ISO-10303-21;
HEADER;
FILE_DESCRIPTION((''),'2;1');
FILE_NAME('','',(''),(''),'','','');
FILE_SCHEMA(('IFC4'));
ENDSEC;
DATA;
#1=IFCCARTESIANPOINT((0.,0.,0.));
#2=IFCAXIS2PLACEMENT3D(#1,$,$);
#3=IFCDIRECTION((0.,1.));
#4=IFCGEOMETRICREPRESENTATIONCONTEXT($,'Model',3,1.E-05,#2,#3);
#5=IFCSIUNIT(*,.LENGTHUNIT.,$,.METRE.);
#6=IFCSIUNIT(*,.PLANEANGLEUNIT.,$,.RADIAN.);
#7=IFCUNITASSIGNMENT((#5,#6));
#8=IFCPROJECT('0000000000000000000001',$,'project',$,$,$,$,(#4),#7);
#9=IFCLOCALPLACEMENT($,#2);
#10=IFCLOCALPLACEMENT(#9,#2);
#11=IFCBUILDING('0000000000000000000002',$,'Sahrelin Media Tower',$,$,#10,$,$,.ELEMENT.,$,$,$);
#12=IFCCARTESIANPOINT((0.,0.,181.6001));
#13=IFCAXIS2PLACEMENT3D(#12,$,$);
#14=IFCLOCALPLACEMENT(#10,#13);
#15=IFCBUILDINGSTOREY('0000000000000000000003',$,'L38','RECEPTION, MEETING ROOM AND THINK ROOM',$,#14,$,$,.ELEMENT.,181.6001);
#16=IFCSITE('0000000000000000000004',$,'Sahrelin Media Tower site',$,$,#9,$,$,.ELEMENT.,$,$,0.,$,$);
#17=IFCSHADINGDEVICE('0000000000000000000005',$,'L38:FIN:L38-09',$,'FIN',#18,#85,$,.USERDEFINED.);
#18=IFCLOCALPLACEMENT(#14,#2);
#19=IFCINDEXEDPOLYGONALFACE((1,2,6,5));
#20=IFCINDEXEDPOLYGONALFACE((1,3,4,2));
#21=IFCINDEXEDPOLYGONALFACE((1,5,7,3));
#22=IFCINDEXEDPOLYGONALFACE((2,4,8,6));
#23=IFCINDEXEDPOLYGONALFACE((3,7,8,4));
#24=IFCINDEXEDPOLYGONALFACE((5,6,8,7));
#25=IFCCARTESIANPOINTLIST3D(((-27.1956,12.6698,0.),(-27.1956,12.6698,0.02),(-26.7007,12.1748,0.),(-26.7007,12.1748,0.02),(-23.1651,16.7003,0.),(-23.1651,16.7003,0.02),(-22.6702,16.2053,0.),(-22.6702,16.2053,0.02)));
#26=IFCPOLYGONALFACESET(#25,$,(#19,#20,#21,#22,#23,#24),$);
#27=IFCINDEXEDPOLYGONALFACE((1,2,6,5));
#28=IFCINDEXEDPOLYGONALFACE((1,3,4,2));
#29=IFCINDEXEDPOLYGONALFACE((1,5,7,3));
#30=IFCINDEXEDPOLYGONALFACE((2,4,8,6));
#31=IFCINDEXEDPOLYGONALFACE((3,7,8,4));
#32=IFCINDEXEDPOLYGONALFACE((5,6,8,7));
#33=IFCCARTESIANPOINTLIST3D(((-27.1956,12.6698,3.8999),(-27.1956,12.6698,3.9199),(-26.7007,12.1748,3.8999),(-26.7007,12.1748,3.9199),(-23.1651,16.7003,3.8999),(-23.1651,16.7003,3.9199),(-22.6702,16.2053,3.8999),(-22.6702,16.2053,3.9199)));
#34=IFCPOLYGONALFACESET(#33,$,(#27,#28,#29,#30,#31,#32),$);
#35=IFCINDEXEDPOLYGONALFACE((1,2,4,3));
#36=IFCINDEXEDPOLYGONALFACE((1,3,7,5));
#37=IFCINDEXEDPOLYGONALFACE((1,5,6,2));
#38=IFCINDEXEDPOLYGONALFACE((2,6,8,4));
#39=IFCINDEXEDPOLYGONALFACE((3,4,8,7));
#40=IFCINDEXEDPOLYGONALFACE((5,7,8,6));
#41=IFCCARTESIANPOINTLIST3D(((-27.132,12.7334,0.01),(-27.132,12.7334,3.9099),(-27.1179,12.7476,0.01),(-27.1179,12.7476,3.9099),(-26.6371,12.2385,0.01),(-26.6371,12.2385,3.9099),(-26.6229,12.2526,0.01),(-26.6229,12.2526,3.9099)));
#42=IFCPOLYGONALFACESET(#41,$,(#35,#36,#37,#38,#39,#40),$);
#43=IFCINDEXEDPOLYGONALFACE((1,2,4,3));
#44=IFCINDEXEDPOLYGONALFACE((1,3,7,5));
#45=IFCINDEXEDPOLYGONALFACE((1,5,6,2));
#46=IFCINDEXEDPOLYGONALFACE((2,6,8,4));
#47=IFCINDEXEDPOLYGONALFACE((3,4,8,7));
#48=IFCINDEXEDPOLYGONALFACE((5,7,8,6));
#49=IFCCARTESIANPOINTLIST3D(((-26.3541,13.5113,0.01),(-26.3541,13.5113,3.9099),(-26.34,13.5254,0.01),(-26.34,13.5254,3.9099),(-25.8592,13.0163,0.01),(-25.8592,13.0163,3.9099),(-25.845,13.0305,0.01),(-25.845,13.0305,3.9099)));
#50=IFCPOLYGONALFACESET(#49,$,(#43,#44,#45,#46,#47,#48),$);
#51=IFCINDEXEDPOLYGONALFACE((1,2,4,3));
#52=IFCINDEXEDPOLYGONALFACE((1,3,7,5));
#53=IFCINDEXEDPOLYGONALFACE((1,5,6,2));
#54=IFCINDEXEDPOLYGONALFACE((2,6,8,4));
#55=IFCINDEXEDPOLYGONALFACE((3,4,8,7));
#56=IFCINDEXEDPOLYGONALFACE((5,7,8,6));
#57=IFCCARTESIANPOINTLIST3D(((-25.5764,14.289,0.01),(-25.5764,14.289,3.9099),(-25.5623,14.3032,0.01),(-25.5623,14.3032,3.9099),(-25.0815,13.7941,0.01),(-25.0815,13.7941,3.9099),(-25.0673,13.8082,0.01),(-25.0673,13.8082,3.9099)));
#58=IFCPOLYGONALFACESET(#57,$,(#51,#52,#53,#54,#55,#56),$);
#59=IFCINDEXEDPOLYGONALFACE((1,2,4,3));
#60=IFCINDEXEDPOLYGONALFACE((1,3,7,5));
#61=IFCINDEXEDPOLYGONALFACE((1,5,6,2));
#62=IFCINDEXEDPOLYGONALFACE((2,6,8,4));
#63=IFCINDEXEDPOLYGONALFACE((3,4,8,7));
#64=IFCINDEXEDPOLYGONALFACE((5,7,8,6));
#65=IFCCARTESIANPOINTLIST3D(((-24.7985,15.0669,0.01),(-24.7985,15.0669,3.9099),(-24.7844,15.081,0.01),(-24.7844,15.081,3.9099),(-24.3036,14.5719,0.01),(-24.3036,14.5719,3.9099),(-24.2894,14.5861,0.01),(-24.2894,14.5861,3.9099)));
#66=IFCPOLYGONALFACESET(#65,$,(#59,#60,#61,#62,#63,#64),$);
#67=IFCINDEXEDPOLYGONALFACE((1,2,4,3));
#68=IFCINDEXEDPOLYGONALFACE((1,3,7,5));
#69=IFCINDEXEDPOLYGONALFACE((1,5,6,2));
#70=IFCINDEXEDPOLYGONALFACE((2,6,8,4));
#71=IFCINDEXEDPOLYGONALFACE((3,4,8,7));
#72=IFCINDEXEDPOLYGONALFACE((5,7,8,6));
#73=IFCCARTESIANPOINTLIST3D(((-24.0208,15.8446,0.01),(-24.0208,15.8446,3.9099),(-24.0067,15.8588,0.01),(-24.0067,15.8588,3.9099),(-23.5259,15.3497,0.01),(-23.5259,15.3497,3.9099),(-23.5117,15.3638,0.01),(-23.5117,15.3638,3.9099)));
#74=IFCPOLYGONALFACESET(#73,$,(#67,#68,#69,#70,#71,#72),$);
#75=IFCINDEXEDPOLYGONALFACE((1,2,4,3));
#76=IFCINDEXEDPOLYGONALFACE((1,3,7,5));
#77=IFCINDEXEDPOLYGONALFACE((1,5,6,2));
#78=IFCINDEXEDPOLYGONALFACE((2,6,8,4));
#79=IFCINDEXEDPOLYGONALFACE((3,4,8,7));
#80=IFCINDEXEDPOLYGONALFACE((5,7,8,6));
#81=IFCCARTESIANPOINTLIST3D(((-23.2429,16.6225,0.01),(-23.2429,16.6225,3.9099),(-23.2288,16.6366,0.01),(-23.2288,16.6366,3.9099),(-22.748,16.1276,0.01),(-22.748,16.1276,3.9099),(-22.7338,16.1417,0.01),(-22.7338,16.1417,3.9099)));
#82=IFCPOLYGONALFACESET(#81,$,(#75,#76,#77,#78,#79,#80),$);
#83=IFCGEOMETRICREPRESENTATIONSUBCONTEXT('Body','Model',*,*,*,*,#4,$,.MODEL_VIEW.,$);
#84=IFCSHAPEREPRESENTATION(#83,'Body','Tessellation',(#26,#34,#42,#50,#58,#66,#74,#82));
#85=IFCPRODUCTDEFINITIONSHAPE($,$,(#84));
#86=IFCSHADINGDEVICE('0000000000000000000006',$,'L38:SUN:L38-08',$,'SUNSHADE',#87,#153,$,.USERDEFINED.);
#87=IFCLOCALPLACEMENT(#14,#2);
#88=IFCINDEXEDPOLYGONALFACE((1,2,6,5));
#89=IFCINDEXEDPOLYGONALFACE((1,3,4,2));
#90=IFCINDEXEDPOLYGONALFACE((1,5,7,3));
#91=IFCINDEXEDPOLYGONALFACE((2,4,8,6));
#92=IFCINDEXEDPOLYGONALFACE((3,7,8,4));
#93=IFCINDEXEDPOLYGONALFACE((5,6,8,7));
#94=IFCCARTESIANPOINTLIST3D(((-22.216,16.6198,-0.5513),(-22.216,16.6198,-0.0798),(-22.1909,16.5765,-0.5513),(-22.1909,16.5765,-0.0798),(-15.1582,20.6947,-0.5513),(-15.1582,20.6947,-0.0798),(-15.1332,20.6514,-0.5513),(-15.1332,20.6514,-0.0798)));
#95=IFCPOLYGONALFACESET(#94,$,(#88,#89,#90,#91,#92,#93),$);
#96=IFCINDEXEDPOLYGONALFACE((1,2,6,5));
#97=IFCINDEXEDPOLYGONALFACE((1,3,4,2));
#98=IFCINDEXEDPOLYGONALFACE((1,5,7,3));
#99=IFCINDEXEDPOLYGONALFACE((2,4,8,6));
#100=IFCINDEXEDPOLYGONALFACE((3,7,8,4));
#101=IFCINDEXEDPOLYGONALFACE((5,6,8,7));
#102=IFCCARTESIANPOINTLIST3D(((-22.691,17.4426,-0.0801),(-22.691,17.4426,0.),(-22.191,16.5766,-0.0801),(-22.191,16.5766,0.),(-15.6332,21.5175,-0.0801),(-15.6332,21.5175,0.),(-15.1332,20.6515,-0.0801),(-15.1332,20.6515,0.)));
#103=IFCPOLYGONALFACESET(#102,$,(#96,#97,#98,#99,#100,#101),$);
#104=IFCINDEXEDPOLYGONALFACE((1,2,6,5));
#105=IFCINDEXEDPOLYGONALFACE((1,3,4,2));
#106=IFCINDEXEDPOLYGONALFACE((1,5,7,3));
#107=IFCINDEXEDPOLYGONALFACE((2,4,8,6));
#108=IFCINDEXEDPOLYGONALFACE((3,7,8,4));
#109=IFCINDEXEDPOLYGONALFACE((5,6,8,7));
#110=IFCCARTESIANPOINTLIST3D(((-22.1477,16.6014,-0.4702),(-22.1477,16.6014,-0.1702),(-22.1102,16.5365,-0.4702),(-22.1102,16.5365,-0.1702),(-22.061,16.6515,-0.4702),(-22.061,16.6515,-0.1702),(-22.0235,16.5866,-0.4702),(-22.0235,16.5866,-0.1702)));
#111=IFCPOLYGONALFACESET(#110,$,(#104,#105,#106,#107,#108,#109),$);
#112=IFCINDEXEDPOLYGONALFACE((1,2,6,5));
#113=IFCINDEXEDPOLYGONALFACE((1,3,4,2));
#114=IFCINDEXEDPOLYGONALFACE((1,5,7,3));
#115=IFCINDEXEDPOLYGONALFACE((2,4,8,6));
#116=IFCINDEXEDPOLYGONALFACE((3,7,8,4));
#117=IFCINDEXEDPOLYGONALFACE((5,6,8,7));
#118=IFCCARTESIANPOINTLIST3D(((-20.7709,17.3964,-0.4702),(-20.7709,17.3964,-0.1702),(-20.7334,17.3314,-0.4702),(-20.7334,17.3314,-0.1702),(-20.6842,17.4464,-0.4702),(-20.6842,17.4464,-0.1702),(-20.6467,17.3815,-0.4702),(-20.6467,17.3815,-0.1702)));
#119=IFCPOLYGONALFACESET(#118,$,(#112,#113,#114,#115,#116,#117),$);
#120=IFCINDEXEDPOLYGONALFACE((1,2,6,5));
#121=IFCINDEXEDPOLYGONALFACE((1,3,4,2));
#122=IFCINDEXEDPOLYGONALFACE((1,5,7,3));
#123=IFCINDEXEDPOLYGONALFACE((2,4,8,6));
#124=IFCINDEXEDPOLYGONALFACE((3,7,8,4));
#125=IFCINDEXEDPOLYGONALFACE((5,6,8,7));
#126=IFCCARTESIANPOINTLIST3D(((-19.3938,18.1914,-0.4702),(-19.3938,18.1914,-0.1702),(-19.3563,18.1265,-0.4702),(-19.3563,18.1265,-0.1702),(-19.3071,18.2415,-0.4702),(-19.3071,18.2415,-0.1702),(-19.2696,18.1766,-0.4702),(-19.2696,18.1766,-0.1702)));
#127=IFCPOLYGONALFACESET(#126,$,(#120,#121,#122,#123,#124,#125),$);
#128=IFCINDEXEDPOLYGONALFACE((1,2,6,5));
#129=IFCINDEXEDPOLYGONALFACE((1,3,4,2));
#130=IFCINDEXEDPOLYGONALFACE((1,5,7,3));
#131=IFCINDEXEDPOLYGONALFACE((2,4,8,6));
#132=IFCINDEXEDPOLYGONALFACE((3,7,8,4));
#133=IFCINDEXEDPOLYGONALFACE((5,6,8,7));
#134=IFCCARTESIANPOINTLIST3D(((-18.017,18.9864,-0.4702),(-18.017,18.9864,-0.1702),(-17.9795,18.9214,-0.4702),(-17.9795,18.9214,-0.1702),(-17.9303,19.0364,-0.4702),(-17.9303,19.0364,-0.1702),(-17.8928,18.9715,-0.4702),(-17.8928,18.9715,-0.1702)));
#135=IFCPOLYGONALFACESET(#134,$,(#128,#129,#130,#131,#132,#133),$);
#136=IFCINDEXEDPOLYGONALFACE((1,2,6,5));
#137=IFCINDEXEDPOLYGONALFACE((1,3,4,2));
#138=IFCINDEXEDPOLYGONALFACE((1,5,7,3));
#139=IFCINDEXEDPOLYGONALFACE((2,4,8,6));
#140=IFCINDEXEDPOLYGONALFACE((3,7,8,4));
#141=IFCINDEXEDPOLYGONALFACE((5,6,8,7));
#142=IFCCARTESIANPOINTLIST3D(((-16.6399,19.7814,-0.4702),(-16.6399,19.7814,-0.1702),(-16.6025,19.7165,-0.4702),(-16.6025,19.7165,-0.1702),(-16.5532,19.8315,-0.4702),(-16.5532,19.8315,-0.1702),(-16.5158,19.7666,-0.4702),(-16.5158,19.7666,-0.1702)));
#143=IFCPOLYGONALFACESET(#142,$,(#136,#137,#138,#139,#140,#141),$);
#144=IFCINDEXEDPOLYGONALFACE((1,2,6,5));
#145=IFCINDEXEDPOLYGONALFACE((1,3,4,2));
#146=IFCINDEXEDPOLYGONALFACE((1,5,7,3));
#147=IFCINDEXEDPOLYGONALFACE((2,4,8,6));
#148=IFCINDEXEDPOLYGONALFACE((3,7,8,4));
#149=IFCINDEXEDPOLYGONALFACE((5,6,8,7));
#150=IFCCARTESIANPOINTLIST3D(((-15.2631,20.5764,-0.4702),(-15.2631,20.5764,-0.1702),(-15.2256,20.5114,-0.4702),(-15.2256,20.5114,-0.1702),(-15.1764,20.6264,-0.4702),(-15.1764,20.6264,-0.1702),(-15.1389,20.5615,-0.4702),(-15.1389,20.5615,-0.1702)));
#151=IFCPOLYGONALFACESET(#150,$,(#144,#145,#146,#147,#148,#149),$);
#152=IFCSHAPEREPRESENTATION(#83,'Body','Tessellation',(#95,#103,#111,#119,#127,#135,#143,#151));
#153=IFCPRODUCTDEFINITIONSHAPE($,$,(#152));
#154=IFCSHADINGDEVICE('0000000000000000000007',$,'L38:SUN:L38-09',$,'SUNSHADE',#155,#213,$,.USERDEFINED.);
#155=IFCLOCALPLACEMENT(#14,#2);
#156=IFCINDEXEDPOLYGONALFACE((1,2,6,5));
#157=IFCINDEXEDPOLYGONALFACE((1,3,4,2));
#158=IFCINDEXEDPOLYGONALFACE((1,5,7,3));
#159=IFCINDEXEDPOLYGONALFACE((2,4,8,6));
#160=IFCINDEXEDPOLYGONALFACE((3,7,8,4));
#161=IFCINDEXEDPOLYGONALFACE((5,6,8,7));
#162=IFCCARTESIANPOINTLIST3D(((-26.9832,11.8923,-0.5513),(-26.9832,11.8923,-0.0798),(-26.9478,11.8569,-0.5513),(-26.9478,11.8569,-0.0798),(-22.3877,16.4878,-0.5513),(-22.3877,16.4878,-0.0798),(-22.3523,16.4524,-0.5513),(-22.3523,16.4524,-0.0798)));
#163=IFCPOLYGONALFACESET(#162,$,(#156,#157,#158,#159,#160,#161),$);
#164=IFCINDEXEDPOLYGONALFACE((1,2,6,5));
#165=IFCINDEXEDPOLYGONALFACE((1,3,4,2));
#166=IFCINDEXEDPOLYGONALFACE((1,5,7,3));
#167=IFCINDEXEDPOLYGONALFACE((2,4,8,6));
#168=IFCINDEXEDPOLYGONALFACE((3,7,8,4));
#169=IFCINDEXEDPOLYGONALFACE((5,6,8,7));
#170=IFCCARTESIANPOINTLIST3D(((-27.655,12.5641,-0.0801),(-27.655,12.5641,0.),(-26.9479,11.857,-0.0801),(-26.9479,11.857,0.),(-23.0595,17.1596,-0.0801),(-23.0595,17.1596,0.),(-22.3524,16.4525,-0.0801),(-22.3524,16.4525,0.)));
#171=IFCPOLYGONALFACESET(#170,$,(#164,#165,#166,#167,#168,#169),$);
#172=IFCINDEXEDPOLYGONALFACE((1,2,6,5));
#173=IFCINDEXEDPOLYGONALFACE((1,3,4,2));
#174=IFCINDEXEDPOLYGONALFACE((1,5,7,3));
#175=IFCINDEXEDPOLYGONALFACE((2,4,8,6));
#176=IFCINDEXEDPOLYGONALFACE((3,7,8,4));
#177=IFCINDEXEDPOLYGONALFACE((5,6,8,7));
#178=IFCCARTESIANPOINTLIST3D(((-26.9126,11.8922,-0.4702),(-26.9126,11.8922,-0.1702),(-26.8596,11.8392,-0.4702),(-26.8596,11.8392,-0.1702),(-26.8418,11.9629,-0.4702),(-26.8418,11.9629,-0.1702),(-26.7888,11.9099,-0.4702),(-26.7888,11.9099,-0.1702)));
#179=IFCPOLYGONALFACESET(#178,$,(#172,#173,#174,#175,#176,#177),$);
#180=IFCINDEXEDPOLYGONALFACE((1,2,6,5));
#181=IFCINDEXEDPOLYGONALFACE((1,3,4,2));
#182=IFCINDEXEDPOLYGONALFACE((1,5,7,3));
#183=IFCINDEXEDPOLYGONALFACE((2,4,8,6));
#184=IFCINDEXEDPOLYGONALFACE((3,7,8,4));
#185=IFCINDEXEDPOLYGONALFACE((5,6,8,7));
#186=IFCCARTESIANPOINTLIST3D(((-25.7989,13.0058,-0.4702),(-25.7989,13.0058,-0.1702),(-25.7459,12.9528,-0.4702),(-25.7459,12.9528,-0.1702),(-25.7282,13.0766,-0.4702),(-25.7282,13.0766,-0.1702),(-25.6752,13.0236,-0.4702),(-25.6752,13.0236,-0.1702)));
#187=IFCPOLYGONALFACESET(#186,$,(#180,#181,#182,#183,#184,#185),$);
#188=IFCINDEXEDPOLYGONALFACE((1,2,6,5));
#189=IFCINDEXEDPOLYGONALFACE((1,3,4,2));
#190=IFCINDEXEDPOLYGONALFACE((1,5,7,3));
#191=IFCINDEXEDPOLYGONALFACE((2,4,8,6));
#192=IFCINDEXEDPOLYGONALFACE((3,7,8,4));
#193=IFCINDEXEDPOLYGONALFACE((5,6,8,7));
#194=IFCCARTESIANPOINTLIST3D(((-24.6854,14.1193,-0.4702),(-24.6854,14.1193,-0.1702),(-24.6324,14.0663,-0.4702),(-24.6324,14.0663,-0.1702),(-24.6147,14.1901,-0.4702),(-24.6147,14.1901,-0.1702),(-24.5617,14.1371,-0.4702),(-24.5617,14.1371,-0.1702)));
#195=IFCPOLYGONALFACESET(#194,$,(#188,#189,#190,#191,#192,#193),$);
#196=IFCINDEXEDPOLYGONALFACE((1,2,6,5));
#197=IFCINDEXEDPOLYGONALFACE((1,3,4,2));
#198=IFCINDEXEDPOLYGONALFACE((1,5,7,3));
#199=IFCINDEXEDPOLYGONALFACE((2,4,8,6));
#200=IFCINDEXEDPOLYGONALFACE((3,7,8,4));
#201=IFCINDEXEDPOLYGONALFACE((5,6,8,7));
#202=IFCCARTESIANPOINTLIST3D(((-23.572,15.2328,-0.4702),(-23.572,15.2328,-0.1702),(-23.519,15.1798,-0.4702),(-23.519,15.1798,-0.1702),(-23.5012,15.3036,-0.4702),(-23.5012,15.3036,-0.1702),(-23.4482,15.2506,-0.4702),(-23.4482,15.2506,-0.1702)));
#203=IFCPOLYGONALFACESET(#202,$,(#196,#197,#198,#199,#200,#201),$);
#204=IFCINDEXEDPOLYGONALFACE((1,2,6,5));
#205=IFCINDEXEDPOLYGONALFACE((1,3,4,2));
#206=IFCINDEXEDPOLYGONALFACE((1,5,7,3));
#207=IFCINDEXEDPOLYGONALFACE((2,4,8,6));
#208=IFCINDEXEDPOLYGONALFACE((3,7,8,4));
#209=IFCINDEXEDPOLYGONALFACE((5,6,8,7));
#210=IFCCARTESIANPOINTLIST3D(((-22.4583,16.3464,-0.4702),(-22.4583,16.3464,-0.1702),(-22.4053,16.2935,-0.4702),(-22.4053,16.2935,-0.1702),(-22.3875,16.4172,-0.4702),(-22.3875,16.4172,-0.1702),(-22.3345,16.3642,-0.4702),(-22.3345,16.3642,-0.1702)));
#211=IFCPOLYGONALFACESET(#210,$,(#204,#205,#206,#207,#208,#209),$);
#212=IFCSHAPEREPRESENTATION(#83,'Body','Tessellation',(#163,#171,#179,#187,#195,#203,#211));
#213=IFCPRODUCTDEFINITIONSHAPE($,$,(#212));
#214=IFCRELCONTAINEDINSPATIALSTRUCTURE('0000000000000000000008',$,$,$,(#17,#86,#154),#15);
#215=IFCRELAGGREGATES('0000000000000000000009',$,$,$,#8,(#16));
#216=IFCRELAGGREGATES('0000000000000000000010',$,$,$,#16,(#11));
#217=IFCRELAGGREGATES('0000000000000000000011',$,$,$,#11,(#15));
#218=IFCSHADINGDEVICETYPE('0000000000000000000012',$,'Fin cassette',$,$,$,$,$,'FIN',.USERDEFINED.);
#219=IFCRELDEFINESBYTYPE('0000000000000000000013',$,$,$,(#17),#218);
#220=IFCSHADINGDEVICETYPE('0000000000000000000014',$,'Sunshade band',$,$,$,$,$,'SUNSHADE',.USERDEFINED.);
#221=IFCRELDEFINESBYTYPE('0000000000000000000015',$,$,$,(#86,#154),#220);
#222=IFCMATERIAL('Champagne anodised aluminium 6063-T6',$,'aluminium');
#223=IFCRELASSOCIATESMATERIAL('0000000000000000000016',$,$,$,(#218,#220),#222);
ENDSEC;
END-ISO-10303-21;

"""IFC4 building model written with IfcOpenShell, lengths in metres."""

from ifc_helpers import new_model, si_unit, direction, frame, origin, origin_2d, place, context, subcontext, project, spatial, rectangle, extrude, material, type_object, element, save


model = new_model("IFC4")

# Units and contexts
model_context = context("Model", 3, precision=1e-05, world=origin(), true_north=direction((0.0, 1.0)))
body_context = subcontext(model_context, "Body", "Model", "MODEL_VIEW")
ifc_project = project(units=[si_unit("LENGTHUNIT", "METRE"), si_unit("PLANEANGLEUNIT", "RADIAN")], contexts=[model_context])

# Site, building, storey
site_placement = place(None, origin())
site = spatial("IfcSite", under=ifc_project, at=site_placement, Name="Sahrelin Media Tower site", CompositionType="ELEMENT", RefElevation=0.0)
building_placement = place(site_placement, origin())
building = spatial("IfcBuilding", under=site, at=building_placement, Name="Sahrelin Media Tower", CompositionType="ELEMENT")
storey_placement = place(building_placement, frame((0.0, 0.0, 181.6001)))
storey = spatial("IfcBuildingStorey", under=building, at=storey_placement, Name="L38", Description="RECEPTION, MEETING ROOM AND THINK ROOM", CompositionType="ELEMENT", Elevation=181.6001)

# Shared definitions
ifc_material_1 = material(Name="Champagne anodised aluminium 6063-T6", Category="aluminium")

# Shading devices
shading_device_type_1 = type_object("IfcShadingDeviceType", Name="Fin cassette", ElementType="FIN", PredefinedType="USERDEFINED", material=ifc_material_1)
placement_1 = place(storey_placement, frame((-18.6521, 18.5967, 0.0), z_axis=(0.0, 0.0, 1.0), x_axis=(0.866019, 0.500011, 0.0)))
placement_2 = place(storey_placement, frame((-24.636, 14.1406, 0.0), z_axis=(0.0, 0.0, 1.0), x_axis=(0.707107, 0.707107, 0.0)))
element("IfcShadingDevice", 1, at=placement_2, inside=storey, type_object=shading_device_type_1, Name="L38:FIN:L38-09", ObjectType="FIN", PredefinedType="USERDEFINED", context=body_context, shape_type="SweptSolid", body=[
    extrude(rectangle(XDim=5.7, YDim=0.7, at=origin_2d()), frame((0.0, 0.4199, 0.0)), (0.0, 0.0, 1.0), 0.02),
    extrude(rectangle(XDim=5.7, YDim=0.7, at=origin_2d()), frame((0.0, 0.4199, 3.8999)), (0.0, 0.0, 1.0), 0.02),
    extrude(rectangle(XDim=0.02, YDim=0.7, at=origin_2d()), frame((-2.75, 0.4199, 0.01), z_axis=(0.0, 0.0, 1.0), x_axis=(1.0, 0.0, 0.0)), (0.0, 0.0, 1.0), 3.8999),
    extrude(rectangle(XDim=0.02, YDim=0.7, at=origin_2d()), frame((-1.6499, 0.4199, 0.01), z_axis=(0.0, 0.0, 1.0), x_axis=(1.0, 0.0, 0.0)), (0.0, 0.0, 1.0), 3.8999),
    extrude(rectangle(XDim=0.02, YDim=0.7, at=origin_2d()), frame((-0.55, 0.4199, 0.01), z_axis=(0.0, 0.0, 1.0), x_axis=(1.0, 0.0, 0.0)), (0.0, 0.0, 1.0), 3.8999),
    extrude(rectangle(XDim=0.02, YDim=0.7, at=origin_2d()), frame((0.55, 0.4199, 0.01), z_axis=(0.0, 0.0, 1.0), x_axis=(1.0, 0.0, 0.0)), (0.0, 0.0, 1.0), 3.8999),
    extrude(rectangle(XDim=0.02, YDim=0.7, at=origin_2d()), frame((1.6499, 0.4199, 0.01), z_axis=(0.0, 0.0, 1.0), x_axis=(1.0, 0.0, 0.0)), (0.0, 0.0, 1.0), 3.8999),
    extrude(rectangle(XDim=0.02, YDim=0.7, at=origin_2d()), frame((2.75, 0.4199, 0.01), z_axis=(0.0, 0.0, 1.0), x_axis=(1.0, 0.0, 0.0)), (0.0, 0.0, 1.0), 3.8999),
])
shading_device_type_2 = type_object("IfcShadingDeviceType", Name="Sunshade band", ElementType="SUNSHADE", PredefinedType="USERDEFINED", material=ifc_material_1)
element("IfcShadingDevice", 2, at=placement_1, inside=storey, type_object=shading_device_type_2, Name="L38:SUN:L38-08", ObjectType="SUNSHADE", PredefinedType="USERDEFINED", context=body_context, shape_type="SweptSolid", body=[
    extrude(rectangle(XDim=8.1497, YDim=0.05, at=origin_2d()), frame((0.0, 0.0449, -0.5513)), (0.0, 0.0, 1.0), 0.4714),
    extrude(rectangle(XDim=8.1497, YDim=1.0, at=origin_2d()), frame((0.0, 0.52, -0.0801)), (0.0, 0.0, 1.0), 0.0801),
    extrude(rectangle(XDim=0.1001, YDim=0.075, at=origin_2d()), frame((-3.9749, -0.0176, -0.4702)), (0.0, 0.0, 1.0), 0.3),
    extrude(rectangle(XDim=0.1001, YDim=0.075, at=origin_2d()), frame((-2.385, -0.0176, -0.4702)), (0.0, 0.0, 1.0), 0.3),
    extrude(rectangle(XDim=0.1001, YDim=0.075, at=origin_2d()), frame((-0.7949, -0.0176, -0.4702)), (0.0, 0.0, 1.0), 0.3),
    extrude(rectangle(XDim=0.1001, YDim=0.075, at=origin_2d()), frame((0.7949, -0.0176, -0.4702)), (0.0, 0.0, 1.0), 0.3),
    extrude(rectangle(XDim=0.1001, YDim=0.075, at=origin_2d()), frame((2.385, -0.0176, -0.4702)), (0.0, 0.0, 1.0), 0.3),
    extrude(rectangle(XDim=0.1001, YDim=0.075, at=origin_2d()), frame((3.9749, -0.0176, -0.4702)), (0.0, 0.0, 1.0), 0.3),
])
element("IfcShadingDevice", 3, at=placement_2, inside=storey, type_object=shading_device_type_2, Name="L38:SUN:L38-09", ObjectType="SUNSHADE", PredefinedType="USERDEFINED", context=body_context, shape_type="SweptSolid", body=[
    extrude(rectangle(XDim=6.499, YDim=0.05, at=origin_2d()), frame((0.0, 0.0449, -0.5513)), (0.0, 0.0, 1.0), 0.4714),
    extrude(rectangle(XDim=6.499, YDim=1.0, at=origin_2d()), frame((0.0, 0.52, -0.0801)), (0.0, 0.0, 1.0), 0.0801),
    extrude(rectangle(XDim=0.1001, YDim=0.075, at=origin_2d()), frame((-3.1497, -0.0176, -0.4702)), (0.0, 0.0, 1.0), 0.3),
    extrude(rectangle(XDim=0.1001, YDim=0.075, at=origin_2d()), frame((-1.5747, -0.0176, -0.4702)), (0.0, 0.0, 1.0), 0.3),
    extrude(rectangle(XDim=0.1001, YDim=0.075, at=origin_2d()), frame((0.0, -0.0176, -0.4702)), (0.0, 0.0, 1.0), 0.3),
    extrude(rectangle(XDim=0.1001, YDim=0.075, at=origin_2d()), frame((1.5747, -0.0176, -0.4702)), (0.0, 0.0, 1.0), 0.3),
    extrude(rectangle(XDim=0.1001, YDim=0.075, at=origin_2d()), frame((3.1497, -0.0176, -0.4702)), (0.0, 0.0, 1.0), 0.3),
])

save(model, "model.ifc")
